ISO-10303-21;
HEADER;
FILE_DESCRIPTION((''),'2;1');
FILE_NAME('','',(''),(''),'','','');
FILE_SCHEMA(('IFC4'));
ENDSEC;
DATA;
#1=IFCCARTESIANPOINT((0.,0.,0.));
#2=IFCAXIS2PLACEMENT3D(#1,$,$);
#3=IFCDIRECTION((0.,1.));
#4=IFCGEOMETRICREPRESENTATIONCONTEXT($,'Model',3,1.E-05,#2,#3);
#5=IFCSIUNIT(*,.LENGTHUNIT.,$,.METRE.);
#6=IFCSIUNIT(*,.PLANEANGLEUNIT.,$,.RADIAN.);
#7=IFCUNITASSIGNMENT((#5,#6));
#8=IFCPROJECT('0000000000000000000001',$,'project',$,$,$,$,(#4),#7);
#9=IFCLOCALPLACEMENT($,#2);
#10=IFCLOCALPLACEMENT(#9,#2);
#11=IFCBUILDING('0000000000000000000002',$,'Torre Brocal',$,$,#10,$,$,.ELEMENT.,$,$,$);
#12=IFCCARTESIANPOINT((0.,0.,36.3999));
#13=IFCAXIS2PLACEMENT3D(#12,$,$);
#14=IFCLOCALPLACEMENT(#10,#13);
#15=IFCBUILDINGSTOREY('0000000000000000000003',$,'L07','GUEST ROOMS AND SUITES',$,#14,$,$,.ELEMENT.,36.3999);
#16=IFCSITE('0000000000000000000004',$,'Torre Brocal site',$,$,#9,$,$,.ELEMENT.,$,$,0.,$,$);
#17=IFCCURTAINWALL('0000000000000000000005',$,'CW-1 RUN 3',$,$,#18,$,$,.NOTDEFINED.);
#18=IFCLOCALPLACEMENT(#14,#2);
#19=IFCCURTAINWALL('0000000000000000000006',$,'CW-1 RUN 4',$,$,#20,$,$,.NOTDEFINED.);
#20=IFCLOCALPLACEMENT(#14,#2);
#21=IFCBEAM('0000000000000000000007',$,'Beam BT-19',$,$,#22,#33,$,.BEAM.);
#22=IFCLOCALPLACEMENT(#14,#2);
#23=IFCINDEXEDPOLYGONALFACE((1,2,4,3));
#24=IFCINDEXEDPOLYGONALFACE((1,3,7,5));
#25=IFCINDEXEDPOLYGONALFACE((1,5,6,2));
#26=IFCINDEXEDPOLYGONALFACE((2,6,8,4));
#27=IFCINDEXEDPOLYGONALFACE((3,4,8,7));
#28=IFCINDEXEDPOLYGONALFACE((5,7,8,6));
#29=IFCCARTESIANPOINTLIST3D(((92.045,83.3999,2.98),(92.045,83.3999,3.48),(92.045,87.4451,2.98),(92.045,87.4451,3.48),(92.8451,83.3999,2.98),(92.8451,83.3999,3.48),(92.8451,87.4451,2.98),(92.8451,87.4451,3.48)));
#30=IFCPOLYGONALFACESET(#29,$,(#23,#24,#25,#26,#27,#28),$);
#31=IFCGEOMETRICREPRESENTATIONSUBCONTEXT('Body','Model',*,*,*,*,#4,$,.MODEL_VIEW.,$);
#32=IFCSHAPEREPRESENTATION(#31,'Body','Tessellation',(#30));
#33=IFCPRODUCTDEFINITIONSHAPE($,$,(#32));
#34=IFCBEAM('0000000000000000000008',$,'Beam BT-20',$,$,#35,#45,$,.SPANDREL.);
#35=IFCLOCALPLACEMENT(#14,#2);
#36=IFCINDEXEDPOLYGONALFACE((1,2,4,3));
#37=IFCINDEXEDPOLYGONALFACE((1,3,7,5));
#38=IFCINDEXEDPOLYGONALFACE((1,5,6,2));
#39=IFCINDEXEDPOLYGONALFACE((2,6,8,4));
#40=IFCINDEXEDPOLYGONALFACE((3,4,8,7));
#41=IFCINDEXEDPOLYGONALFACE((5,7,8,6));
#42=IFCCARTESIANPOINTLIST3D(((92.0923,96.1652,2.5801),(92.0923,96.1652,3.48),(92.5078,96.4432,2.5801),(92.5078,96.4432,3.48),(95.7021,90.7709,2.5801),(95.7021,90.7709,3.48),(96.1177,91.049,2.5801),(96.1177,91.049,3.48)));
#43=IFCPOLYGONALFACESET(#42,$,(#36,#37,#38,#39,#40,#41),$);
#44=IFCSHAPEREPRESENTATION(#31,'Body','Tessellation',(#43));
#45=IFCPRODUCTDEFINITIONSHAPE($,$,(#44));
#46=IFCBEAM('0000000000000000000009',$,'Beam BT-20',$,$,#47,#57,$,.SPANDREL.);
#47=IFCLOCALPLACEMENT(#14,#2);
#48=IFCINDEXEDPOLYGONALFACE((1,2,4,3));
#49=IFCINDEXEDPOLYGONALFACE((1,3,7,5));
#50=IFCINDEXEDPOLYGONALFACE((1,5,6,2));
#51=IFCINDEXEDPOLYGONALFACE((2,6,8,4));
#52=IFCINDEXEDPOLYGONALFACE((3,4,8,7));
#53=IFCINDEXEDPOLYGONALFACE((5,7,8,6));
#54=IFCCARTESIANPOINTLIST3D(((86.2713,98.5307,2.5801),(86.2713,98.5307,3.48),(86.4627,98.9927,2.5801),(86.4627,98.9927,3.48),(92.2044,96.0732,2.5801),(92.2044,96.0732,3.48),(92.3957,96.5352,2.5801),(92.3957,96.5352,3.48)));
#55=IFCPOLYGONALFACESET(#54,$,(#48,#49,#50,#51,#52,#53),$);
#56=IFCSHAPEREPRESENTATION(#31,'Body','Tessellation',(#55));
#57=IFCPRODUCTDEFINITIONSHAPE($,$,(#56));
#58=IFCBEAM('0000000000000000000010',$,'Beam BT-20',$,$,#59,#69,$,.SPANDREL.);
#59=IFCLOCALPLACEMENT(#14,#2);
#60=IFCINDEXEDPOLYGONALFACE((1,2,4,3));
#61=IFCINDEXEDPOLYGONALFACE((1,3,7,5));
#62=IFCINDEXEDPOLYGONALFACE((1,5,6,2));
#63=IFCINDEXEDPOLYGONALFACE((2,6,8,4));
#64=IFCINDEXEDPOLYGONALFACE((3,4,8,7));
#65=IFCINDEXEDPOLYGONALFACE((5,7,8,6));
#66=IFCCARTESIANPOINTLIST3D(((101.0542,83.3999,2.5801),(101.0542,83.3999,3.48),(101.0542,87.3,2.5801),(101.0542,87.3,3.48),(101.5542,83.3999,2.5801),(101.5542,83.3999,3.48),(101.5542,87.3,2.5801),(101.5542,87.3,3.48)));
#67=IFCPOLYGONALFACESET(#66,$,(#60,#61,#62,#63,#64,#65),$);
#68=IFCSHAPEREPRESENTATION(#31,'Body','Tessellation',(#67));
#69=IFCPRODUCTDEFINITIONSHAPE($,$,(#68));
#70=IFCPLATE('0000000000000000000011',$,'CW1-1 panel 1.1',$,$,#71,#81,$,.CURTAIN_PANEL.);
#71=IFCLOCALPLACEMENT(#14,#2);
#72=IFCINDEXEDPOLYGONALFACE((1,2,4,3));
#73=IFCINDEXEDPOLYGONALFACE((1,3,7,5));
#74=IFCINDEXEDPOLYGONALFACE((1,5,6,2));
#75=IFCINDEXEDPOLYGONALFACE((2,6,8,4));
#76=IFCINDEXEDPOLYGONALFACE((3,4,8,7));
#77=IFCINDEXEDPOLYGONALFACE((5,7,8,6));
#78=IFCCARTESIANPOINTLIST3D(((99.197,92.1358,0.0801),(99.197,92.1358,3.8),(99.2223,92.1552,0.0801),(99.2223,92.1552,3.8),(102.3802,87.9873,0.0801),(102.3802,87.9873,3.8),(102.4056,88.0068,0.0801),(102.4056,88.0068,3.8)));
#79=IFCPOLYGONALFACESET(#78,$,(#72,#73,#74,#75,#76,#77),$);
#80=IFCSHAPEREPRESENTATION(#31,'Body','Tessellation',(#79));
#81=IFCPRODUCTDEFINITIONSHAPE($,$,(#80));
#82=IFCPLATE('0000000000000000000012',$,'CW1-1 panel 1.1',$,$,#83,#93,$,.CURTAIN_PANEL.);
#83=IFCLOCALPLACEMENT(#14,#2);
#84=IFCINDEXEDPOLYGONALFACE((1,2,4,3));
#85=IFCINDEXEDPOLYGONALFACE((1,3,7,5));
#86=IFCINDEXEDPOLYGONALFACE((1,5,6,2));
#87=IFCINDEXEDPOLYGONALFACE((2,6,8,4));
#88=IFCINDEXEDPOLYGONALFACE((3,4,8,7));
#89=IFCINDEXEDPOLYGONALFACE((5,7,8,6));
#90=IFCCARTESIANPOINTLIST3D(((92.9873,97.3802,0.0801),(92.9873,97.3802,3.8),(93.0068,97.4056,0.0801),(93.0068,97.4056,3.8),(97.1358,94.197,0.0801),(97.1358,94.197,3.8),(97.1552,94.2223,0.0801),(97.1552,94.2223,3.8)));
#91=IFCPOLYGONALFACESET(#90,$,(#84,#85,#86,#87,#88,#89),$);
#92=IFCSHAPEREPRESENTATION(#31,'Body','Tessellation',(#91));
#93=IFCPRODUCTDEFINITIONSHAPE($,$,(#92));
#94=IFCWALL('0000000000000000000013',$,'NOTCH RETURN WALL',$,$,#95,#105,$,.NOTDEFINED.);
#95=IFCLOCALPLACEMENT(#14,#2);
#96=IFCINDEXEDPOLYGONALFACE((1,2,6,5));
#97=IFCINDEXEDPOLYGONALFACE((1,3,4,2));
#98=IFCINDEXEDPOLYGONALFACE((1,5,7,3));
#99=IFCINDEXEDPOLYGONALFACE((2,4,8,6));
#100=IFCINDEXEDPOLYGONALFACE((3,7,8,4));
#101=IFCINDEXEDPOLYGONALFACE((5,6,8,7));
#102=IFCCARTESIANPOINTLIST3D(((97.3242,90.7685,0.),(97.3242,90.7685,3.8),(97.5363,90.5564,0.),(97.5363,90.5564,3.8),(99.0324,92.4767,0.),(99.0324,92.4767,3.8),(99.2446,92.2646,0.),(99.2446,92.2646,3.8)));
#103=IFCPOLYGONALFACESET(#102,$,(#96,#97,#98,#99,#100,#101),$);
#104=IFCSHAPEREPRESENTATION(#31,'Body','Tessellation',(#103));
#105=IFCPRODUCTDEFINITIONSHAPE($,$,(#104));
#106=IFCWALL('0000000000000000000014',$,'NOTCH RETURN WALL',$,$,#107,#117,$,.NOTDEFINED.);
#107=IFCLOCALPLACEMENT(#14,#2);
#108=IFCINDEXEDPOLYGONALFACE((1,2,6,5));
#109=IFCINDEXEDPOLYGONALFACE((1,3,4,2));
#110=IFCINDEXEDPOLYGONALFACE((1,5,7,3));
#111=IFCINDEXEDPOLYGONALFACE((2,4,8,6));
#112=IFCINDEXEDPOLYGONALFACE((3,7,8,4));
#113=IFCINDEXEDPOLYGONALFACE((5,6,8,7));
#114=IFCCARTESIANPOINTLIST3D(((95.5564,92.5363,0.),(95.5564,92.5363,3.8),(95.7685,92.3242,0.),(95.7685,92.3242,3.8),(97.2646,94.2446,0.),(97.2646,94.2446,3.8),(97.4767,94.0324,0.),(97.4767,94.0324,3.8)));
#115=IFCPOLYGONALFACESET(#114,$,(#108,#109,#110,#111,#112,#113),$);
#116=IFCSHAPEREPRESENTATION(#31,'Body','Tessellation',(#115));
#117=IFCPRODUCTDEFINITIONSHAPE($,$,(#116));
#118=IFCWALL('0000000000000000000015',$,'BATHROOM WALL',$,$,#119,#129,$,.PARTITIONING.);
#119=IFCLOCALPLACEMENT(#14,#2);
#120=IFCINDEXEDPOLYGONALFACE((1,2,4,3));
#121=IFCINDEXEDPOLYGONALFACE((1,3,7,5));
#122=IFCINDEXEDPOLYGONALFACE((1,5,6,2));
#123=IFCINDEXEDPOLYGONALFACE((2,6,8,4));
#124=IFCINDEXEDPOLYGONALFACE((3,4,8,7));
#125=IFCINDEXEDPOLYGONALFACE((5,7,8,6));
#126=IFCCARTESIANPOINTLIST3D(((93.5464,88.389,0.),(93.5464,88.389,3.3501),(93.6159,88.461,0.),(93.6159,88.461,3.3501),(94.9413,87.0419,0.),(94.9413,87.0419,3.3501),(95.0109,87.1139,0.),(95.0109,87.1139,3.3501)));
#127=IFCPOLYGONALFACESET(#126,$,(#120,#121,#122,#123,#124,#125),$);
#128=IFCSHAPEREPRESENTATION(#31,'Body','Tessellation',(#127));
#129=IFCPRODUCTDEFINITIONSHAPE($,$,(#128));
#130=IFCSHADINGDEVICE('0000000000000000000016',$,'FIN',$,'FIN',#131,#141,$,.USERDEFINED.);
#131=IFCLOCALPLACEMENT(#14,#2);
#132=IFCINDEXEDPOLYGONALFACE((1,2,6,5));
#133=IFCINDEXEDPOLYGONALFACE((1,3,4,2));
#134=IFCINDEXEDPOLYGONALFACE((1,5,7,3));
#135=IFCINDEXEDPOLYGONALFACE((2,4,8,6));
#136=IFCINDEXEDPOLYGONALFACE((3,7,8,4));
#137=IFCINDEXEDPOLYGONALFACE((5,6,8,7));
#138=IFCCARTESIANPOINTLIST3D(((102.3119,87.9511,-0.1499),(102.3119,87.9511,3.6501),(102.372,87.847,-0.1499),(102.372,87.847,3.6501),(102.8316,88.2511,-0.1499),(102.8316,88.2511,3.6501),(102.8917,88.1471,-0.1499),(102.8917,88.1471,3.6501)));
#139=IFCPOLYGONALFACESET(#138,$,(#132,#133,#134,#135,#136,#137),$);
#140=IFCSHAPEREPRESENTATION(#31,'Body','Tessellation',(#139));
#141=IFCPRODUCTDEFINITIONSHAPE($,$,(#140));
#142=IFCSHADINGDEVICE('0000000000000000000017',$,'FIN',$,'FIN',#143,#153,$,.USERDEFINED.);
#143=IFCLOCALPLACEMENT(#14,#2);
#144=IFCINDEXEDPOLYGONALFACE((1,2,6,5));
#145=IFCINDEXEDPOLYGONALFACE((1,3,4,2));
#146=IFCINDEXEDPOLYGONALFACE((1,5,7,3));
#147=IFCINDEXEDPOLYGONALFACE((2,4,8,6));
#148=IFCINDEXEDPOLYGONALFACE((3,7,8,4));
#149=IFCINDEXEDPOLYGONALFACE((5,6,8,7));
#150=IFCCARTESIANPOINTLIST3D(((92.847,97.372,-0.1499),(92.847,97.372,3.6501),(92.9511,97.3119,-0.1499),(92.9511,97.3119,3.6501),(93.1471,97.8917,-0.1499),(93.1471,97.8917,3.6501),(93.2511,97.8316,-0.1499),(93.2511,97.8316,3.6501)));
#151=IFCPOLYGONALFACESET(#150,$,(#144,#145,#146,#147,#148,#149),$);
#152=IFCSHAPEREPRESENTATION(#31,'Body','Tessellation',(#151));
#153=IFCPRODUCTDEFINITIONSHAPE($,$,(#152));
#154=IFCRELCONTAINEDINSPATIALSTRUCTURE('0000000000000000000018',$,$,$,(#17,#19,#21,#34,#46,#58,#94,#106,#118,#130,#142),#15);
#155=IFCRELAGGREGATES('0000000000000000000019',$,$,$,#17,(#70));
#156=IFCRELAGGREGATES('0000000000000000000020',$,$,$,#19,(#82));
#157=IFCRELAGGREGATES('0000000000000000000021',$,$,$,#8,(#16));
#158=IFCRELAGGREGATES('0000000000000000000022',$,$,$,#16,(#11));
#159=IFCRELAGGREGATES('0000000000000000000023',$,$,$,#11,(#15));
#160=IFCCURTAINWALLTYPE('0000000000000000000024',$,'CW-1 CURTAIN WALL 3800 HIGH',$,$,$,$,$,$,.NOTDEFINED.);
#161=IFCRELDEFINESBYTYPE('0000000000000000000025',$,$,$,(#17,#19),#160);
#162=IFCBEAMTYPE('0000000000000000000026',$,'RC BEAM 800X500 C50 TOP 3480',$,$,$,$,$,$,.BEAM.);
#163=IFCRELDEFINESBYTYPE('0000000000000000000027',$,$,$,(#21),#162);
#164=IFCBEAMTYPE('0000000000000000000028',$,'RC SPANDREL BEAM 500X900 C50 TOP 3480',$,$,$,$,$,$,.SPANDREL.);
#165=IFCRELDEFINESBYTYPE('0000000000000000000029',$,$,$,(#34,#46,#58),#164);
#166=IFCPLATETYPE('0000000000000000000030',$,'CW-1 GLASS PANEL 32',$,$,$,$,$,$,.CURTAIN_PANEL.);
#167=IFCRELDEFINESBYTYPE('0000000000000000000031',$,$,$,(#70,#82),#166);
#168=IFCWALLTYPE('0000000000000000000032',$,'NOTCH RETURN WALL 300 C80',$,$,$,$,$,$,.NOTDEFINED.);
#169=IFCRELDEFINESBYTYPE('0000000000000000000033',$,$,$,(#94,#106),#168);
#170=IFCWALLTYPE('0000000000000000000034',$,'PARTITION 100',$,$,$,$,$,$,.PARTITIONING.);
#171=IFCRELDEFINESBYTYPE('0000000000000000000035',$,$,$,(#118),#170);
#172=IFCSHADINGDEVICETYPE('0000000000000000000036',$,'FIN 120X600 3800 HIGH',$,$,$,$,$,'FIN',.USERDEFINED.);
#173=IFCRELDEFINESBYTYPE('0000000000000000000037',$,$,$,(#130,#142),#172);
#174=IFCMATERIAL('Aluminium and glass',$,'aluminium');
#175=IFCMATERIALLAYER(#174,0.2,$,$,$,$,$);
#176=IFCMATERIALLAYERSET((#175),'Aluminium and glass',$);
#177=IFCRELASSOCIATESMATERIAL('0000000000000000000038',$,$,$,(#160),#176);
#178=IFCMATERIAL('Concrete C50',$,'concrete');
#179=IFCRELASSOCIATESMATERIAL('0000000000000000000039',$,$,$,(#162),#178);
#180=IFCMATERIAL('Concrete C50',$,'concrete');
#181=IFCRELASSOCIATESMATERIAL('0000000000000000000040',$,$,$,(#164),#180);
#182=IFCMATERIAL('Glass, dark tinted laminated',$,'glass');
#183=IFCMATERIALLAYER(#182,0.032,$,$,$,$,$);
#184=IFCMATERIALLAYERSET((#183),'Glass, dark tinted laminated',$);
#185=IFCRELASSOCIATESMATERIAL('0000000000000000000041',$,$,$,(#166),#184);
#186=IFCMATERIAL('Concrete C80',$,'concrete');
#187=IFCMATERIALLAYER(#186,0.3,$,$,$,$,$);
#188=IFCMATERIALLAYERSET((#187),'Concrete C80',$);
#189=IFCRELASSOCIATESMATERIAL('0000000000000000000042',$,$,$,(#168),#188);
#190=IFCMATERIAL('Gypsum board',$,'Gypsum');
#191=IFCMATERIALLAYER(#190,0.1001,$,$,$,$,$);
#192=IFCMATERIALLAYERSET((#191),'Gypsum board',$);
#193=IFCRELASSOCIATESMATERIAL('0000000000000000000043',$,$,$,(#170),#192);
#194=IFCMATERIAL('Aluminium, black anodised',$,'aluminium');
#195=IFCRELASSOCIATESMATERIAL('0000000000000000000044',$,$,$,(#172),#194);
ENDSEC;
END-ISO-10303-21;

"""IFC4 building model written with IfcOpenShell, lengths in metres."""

from ifc_helpers import new_model, si_unit, direction, frame, frame_2d, origin, origin_2d, place, context, subcontext, project, spatial, rectangle, extrude, material, layer, layer_set, material_profile, profile_set, type_object, element, aggregate, save


model = new_model("IFC4")

# Units and contexts
model_context = context("Model", 3, precision=1e-05, world=origin(), true_north=direction((0.0, 1.0)))
body_context = subcontext(model_context, "Body", "Model", "MODEL_VIEW")
ifc_project = project(units=[si_unit("LENGTHUNIT", "METRE"), si_unit("PLANEANGLEUNIT", "RADIAN")], contexts=[model_context])

# Site, building, storey
site_placement = place(None, origin())
site = spatial("IfcSite", under=ifc_project, at=site_placement, Name="Torre Brocal site", CompositionType="ELEMENT", RefElevation=0.0)
building_placement = place(site_placement, origin())
building = spatial("IfcBuilding", under=site, at=building_placement, Name="Torre Brocal", CompositionType="ELEMENT")
storey_placement = place(building_placement, frame((0.0, 0.0, 36.3999)))
storey = spatial("IfcBuildingStorey", under=building, at=storey_placement, Name="L07", Description="GUEST ROOMS AND SUITES", CompositionType="ELEMENT", Elevation=36.3999)

# Shared definitions
ifc_material_1 = material(Name="Aluminium and glass", Category="aluminium")
ifc_layer_1 = layer(ifc_material_1, 0.2)
ifc_layer_set_1 = layer_set([ifc_layer_1], Name="Aluminium and glass")
curtain_wall_type = type_object("IfcCurtainWallType", Name="CW-1 CURTAIN WALL 3800 HIGH", PredefinedType="NOTDEFINED", material=ifc_layer_set_1)

# Curtain walls
curtain_wall_1_placement = place(storey_placement, origin())
curtain_wall_1 = element("IfcCurtainWall", 1, at=curtain_wall_1_placement, inside=storey, type_object=curtain_wall_type, Name="CW-1 RUN 3", PredefinedType="NOTDEFINED")
curtain_wall_2_placement = place(storey_placement, origin())
curtain_wall_2 = element("IfcCurtainWall", 2, at=curtain_wall_2_placement, inside=storey, type_object=curtain_wall_type, Name="CW-1 RUN 4", PredefinedType="NOTDEFINED")

# Beams
ifc_material_2 = material(Name="Concrete C50", Category="concrete")
ifc_material_profile_1 = material_profile(ifc_material_2, rectangle(XDim=0.8, YDim=0.5, at=origin_2d()), Name="RC 800X500")
ifc_profile_set_1 = profile_set([ifc_material_profile_1], Name="Concrete C50")
beam_type_1 = type_object("IfcBeamType", Name="RC BEAM 800X500 C50 TOP 3480", PredefinedType="BEAM", material=ifc_profile_set_1)
beam_1_placement = place(storey_placement, frame((92.4451, 87.4451, 3.23), z_axis=(0.0, -1.0, 0.0), x_axis=(1.0, 0.0, 0.0)))
element("IfcBeam", 3, at=beam_1_placement, inside=storey, type_object=beam_type_1, Name="Beam BT-19", PredefinedType="BEAM", context=body_context, shape_type="SweptSolid", body=[
    extrude(rectangle(XDim=0.8, YDim=0.5, at=origin_2d()), origin(), (0.0, 0.0, 1.0), 4.0452),
])
ifc_material_3 = material(Name="Concrete C50", Category="concrete")
ifc_material_profile_2 = material_profile(ifc_material_3, rectangle(XDim=0.5, YDim=0.8999, at=origin_2d()), Name="RC 500X900")
ifc_profile_set_2 = profile_set([ifc_material_profile_2], Name="Concrete C50")
beam_type_2 = type_object("IfcBeamType", Name="RC SPANDREL BEAM 500X900 C50 TOP 3480", PredefinedType="SPANDREL", material=ifc_profile_set_2)
beam_2_placement = place(storey_placement, frame((95.9099, 90.9099, 3.03), z_axis=(-0.556158, 0.831077, 0.0), x_axis=(-0.831077, -0.556158, 0.0)))
element("IfcBeam", 4, at=beam_2_placement, inside=storey, type_object=beam_type_2, Name="Beam BT-20", PredefinedType="SPANDREL", context=body_context, shape_type="SweptSolid", body=[
    extrude(rectangle(XDim=0.5, YDim=0.8999, at=origin_2d()), origin(), (0.0, 0.0, 1.0), 6.4907),
])
beam_3_placement = place(storey_placement, frame((92.3, 96.3042, 3.03), z_axis=(-0.923882, 0.382676, 0.0), x_axis=(-0.382676, -0.923882, 0.0)))
element("IfcBeam", 5, at=beam_3_placement, inside=storey, type_object=beam_type_2, Name="Beam BT-20", PredefinedType="SPANDREL", context=body_context, shape_type="SweptSolid", body=[
    extrude(rectangle(XDim=0.5, YDim=0.8999, at=origin_2d()), origin(), (0.0, 0.0, 1.0), 6.4219),
])
beam_4_placement = place(storey_placement, frame((101.3042, 87.3, 3.03), z_axis=(0.0, -1.0, 0.0), x_axis=(1.0, 0.0, 0.0)))
element("IfcBeam", 6, at=beam_4_placement, inside=storey, type_object=beam_type_2, Name="Beam BT-20", PredefinedType="SPANDREL", context=body_context, shape_type="SweptSolid", body=[
    extrude(rectangle(XDim=0.5, YDim=0.8999, at=origin_2d()), origin(), (0.0, 0.0, 1.0), 3.9001),
])

# Plates
ifc_material_4 = material(Name="Glass, dark tinted laminated", Category="glass")
ifc_layer_2 = layer(ifc_material_4, 0.032)
ifc_layer_set_2 = layer_set([ifc_layer_2], Name="Glass, dark tinted laminated")
plate_type = type_object("IfcPlateType", Name="CW-1 GLASS PANEL 32", PredefinedType="CURTAIN_PANEL", material=ifc_layer_set_2)
plate_1_placement = place(storey_placement, frame((100.8013, 90.0713, 0.0801), z_axis=(0.0, 0.0, 1.0), x_axis=(-0.608761, 0.793353, 0.0)))
plate_1 = element("IfcPlate", 7, at=plate_1_placement, type_object=plate_type, Name="CW1-1 panel 1.1", PredefinedType="CURTAIN_PANEL", context=body_context, shape_type="SweptSolid", body=[
    extrude(rectangle(XDim=5.229, YDim=0.032, at=origin_2d()), origin(), (0.0, 0.0, 1.0), 3.72),
])
aggregate(curtain_wall_1, [plate_1])
plate_2_placement = place(storey_placement, frame((95.0713, 95.8013, 0.0801), z_axis=(0.0, 0.0, 1.0), x_axis=(-0.793353, 0.608761, 0.0)))
plate_2 = element("IfcPlate", 8, at=plate_2_placement, type_object=plate_type, Name="CW1-1 panel 1.1", PredefinedType="CURTAIN_PANEL", context=body_context, shape_type="SweptSolid", body=[
    extrude(rectangle(XDim=5.229, YDim=0.032, at=origin_2d()), origin(), (0.0, 0.0, 1.0), 3.72),
])
aggregate(curtain_wall_2, [plate_2])

# Walls
ifc_material_5 = material(Name="Concrete C80", Category="concrete")
ifc_layer_3 = layer(ifc_material_5, 0.3)
ifc_layer_set_3 = layer_set([ifc_layer_3], Name="Concrete C80")
wall_type_1 = type_object("IfcWallType", Name="NOTCH RETURN WALL 300 C80", PredefinedType="NOTDEFINED", material=ifc_layer_set_3)
for number, where, z_axis, x_axis, name in (
    (9, (97.4302, 90.6624, 0.0), (0.0, 0.0, 1.0), (0.707107, 0.707107, 0.0), "NOTCH RETURN WALL"),
    (10, (95.6624, 92.4302, 0.0), (0.0, 0.0, 1.0), (0.707107, 0.707107, 0.0), "NOTCH RETURN WALL"),
):
    element("IfcWall", number, at=place(storey_placement, frame(where, z_axis=z_axis, x_axis=x_axis)), inside=storey, type_object=wall_type_1, Name=name, PredefinedType="NOTDEFINED", context=body_context, shape_type="SweptSolid", body=[
        extrude(rectangle(XDim=2.4158, YDim=0.3, at=frame_2d((1.208, 0.0))), origin(), (0.0, 0.0, 1.0), 3.8),
    ])
ifc_material_6 = material(Name="Gypsum board", Category="Gypsum")
ifc_layer_4 = layer(ifc_material_6, 0.1001)
ifc_layer_set_4 = layer_set([ifc_layer_4], Name="Gypsum board")
wall_type_2 = type_object("IfcWallType", Name="PARTITION 100", PredefinedType="PARTITIONING", material=ifc_layer_set_4)
wall_placement = place(storey_placement, frame((93.5811, 88.425, 0.0), z_axis=(0.0, 0.0, 1.0), x_axis=(0.719336, -0.694662, 0.0)))
element("IfcWall", 11, at=wall_placement, inside=storey, type_object=wall_type_2, Name="BATHROOM WALL", PredefinedType="PARTITIONING", context=body_context, shape_type="SweptSolid", body=[
    extrude(rectangle(XDim=1.9392, YDim=0.1001, at=frame_2d((0.9697, 0.0))), origin(), (0.0, 0.0, 1.0), 3.3501),
])

# Shading devices
ifc_material_7 = material(Name="Aluminium, black anodised", Category="aluminium")
ifc_material_profile_3 = material_profile(ifc_material_7, rectangle(XDim=0.1201, YDim=0.6001, at=origin_2d()), Name="FIN 120X600 3800 HIGH")
ifc_profile_set_3 = profile_set([ifc_material_profile_3], Name="Aluminium, black anodised")
shading_device_type = type_object("IfcShadingDeviceType", Name="FIN 120X600 3800 HIGH", ElementType="FIN", PredefinedType="USERDEFINED", material=ifc_profile_set_3)
for number, where, z_axis, x_axis, name in (
    (12, (102.6018, 88.0491, -0.1499), (0.0, 0.0, 1.0), (-0.5, 0.866025, 0.0), "FIN"),
    (13, (93.0491, 97.6018, -0.1499), (0.0, 0.0, 1.0), (-0.866025, 0.5, 0.0), "FIN"),
):
    element("IfcShadingDevice", number, at=place(storey_placement, frame(where, z_axis=z_axis, x_axis=x_axis)), inside=storey, type_object=shading_device_type, Name=name, ObjectType="FIN", PredefinedType="USERDEFINED", context=body_context, shape_type="SweptSolid", body=[
        extrude(rectangle(XDim=0.1201, YDim=0.6001, at=origin_2d()), origin(), (0.0, 0.0, 1.0), 3.8),
    ])

save(model, "model.ifc")
